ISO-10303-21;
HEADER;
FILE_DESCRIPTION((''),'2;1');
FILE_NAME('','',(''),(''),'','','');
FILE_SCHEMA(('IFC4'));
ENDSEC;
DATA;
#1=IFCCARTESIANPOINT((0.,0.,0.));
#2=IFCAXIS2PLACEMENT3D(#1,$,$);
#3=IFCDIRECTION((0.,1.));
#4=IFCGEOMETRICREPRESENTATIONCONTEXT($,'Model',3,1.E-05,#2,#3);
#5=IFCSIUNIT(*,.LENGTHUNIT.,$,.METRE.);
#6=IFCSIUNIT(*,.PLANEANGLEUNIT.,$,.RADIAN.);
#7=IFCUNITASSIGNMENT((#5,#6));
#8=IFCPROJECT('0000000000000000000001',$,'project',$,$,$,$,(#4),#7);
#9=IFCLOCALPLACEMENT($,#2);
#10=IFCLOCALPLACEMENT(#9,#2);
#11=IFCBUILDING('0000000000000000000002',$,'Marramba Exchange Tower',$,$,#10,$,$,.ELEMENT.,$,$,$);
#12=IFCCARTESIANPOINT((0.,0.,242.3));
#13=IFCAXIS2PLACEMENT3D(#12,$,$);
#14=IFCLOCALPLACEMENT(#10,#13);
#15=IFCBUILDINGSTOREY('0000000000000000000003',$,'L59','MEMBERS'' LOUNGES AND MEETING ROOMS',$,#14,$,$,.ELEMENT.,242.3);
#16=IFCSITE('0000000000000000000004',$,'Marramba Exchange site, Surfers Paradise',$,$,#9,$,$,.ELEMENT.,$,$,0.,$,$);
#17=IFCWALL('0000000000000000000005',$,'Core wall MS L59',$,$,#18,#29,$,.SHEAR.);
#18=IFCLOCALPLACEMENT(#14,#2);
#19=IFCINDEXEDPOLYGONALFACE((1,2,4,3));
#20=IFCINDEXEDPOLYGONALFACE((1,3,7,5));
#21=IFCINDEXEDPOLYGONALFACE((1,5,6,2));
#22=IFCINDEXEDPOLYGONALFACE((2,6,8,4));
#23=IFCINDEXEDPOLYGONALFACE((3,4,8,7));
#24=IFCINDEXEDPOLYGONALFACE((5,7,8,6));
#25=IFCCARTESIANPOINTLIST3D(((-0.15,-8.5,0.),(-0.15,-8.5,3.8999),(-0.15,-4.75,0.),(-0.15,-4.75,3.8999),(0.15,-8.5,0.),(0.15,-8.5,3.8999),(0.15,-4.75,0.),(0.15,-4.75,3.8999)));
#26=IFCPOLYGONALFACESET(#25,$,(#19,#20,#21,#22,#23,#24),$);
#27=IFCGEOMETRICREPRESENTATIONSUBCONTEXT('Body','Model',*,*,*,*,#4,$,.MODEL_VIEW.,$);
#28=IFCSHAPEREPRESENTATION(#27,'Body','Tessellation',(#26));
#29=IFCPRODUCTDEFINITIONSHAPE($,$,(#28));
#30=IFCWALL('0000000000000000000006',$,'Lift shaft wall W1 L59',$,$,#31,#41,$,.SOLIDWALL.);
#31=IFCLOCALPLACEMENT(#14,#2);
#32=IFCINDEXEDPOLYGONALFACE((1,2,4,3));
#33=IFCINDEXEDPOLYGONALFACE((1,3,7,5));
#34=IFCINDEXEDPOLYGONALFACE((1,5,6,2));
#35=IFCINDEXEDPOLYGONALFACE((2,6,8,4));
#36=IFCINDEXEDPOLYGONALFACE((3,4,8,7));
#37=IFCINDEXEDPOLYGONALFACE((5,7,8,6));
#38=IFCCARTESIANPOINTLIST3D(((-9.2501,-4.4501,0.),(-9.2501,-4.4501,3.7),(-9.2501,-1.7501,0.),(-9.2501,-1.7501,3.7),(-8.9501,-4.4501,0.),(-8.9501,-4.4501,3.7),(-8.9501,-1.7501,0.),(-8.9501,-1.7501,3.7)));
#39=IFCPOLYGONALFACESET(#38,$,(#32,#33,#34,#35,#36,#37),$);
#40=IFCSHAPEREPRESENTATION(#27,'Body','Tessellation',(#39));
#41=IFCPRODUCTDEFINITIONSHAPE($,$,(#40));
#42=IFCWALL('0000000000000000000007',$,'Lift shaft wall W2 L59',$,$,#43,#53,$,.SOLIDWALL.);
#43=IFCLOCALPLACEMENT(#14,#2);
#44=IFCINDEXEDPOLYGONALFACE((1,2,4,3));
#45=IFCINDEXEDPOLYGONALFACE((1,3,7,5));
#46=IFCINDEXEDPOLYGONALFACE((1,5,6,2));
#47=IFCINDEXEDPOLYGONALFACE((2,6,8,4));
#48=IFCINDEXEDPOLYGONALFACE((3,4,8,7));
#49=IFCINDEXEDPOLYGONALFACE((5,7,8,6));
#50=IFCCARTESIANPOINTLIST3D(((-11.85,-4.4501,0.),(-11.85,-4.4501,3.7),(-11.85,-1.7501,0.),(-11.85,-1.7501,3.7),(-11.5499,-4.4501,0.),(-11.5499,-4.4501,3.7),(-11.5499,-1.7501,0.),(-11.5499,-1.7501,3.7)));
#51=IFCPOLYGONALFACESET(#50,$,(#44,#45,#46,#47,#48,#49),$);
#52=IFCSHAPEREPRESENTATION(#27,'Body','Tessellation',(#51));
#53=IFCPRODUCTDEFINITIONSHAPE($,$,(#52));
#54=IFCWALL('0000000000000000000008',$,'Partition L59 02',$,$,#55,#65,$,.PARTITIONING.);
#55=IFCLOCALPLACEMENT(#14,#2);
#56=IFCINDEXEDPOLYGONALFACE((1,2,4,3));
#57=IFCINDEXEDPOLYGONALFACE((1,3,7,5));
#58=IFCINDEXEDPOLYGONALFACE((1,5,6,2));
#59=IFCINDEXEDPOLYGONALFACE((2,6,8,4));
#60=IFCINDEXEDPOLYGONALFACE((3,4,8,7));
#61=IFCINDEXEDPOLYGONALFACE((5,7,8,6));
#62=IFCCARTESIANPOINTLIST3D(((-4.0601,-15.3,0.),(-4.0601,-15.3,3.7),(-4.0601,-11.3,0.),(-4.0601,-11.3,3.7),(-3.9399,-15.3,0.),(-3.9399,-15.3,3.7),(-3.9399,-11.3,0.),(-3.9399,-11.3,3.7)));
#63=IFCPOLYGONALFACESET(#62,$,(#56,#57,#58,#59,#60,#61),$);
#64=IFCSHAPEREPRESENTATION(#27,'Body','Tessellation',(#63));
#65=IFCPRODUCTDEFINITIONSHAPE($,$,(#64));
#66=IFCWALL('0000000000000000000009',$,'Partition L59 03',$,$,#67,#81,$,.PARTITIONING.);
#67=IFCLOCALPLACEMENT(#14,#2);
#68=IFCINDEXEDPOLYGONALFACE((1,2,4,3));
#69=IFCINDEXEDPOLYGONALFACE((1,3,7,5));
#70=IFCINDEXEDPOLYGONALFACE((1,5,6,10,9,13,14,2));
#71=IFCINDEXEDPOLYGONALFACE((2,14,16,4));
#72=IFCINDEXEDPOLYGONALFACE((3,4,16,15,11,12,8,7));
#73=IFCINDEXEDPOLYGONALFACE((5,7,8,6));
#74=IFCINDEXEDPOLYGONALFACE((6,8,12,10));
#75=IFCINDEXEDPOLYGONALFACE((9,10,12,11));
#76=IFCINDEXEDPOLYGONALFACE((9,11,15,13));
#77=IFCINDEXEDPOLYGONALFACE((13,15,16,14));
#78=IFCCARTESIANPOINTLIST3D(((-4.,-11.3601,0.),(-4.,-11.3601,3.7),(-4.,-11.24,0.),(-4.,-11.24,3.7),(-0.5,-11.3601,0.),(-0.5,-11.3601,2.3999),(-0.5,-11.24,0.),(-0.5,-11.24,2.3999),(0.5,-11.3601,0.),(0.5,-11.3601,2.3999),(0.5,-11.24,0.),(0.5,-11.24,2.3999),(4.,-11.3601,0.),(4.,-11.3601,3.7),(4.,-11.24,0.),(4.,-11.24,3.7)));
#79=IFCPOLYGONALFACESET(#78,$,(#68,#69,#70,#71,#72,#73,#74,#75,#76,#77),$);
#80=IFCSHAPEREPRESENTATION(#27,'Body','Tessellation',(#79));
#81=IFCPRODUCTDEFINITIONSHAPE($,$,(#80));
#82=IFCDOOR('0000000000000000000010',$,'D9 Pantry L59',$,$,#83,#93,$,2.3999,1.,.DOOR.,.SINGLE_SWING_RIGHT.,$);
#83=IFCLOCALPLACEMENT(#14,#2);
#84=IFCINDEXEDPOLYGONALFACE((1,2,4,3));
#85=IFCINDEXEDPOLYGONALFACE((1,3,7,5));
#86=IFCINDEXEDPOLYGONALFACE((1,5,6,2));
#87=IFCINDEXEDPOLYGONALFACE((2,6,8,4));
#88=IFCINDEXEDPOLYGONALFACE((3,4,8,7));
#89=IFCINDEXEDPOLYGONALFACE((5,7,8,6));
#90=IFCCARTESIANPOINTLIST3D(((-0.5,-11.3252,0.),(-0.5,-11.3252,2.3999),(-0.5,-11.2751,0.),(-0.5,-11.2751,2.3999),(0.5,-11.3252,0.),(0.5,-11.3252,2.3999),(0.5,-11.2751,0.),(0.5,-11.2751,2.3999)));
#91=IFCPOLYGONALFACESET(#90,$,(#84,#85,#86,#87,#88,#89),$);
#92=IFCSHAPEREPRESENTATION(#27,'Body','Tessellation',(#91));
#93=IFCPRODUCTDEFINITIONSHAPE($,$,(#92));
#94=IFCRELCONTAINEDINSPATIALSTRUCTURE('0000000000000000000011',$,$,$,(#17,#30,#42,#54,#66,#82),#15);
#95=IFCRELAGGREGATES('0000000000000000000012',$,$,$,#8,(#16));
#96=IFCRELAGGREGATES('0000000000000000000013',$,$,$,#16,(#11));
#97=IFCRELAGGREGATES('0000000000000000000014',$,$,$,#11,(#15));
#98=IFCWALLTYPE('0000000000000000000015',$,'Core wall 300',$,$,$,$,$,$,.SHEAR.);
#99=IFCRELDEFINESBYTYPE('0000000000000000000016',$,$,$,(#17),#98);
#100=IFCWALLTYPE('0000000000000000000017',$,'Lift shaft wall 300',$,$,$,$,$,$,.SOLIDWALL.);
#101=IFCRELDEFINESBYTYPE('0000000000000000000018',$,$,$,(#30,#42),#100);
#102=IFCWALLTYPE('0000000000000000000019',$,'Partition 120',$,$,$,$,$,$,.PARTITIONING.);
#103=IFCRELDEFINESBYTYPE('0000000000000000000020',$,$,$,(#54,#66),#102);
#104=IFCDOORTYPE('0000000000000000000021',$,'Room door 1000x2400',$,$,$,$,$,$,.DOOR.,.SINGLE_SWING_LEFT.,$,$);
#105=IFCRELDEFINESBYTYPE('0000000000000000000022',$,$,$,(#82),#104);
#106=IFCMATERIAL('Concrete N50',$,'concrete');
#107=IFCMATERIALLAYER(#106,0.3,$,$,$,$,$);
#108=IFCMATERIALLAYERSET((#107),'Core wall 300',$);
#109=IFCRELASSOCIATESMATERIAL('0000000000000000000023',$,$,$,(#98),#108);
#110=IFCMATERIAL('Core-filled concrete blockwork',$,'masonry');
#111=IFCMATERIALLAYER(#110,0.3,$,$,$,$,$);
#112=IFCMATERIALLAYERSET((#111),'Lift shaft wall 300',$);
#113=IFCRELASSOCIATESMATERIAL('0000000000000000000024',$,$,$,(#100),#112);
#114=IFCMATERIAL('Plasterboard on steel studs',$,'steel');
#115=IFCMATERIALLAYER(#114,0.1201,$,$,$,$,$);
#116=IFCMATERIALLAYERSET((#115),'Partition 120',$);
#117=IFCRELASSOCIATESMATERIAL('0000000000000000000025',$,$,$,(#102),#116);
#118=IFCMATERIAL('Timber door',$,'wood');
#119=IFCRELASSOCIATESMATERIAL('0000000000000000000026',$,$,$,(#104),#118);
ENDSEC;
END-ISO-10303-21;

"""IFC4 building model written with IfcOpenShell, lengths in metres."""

from ifc_helpers import new_model, si_unit, direction, frame, frame_2d, origin, place, context, subcontext, project, spatial, rectangle, extrude, material, layer, layer_set, type_object, element, fill, save


model = new_model("IFC4")

# Units and contexts
model_context = context("Model", 3, precision=1e-05, world=origin(), true_north=direction((0.0, 1.0)))
body_context = subcontext(model_context, "Body", "Model", "MODEL_VIEW")
ifc_project = project(units=[si_unit("LENGTHUNIT", "METRE"), si_unit("PLANEANGLEUNIT", "RADIAN")], contexts=[model_context])

# Site, building, storey
site_placement = place(None, origin())
site = spatial("IfcSite", under=ifc_project, at=site_placement, Name="Marramba Exchange site, Surfers Paradise", CompositionType="ELEMENT", RefElevation=0.0)
building_placement = place(site_placement, origin())
building = spatial("IfcBuilding", under=site, at=building_placement, Name="Marramba Exchange Tower", CompositionType="ELEMENT")
storey_placement = place(building_placement, frame((0.0, 0.0, 242.3)))
storey = spatial("IfcBuildingStorey", under=building, at=storey_placement, Name="L59", Description="MEMBERS' LOUNGES AND MEETING ROOMS", CompositionType="ELEMENT", Elevation=242.3)

# Walls
ifc_material_1 = material(Name="Concrete N50", Category="concrete")
ifc_layer_1 = layer(ifc_material_1, 0.3)
ifc_layer_set_1 = layer_set([ifc_layer_1], Name="Core wall 300")
wall_type_1 = type_object("IfcWallType", Name="Core wall 300", PredefinedType="SHEAR", material=ifc_layer_set_1)
for number, where, z_axis, x_axis, name in (
    (1, (0.0, -4.75, 0.0), (0.0, 0.0, 1.0), (0.0, -1.0, 0.0), "Core wall MS L59"),
):
    element("IfcWall", number, at=place(storey_placement, frame(where, z_axis=z_axis, x_axis=x_axis)), inside=storey, type_object=wall_type_1, Name=name, PredefinedType="SHEAR", context=body_context, shape_type="SweptSolid", body=[
        extrude(rectangle(XDim=3.75, YDim=0.3, at=frame_2d((1.875, 0.0))), origin(), (0.0, 0.0, 1.0), 3.8999),
    ])
ifc_material_2 = material(Name="Core-filled concrete blockwork", Category="masonry")
ifc_layer_2 = layer(ifc_material_2, 0.3)
ifc_layer_set_2 = layer_set([ifc_layer_2], Name="Lift shaft wall 300")
wall_type_2 = type_object("IfcWallType", Name="Lift shaft wall 300", PredefinedType="SOLIDWALL", material=ifc_layer_set_2)
for number, where, z_axis, x_axis, name in (
    (2, (-9.1001, -1.75, 0.0), (0.0, 0.0, 1.0), (0.0, -1.0, 0.0), "Lift shaft wall W1 L59"),
    (3, (-11.7, -1.75, 0.0), (0.0, 0.0, 1.0), (0.0, -1.0, 0.0), "Lift shaft wall W2 L59"),
):
    element("IfcWall", number, at=place(storey_placement, frame(where, z_axis=z_axis, x_axis=x_axis)), inside=storey, type_object=wall_type_2, Name=name, PredefinedType="SOLIDWALL", context=body_context, shape_type="SweptSolid", body=[
        extrude(rectangle(XDim=2.7, YDim=0.3, at=frame_2d((1.3501, 0.0))), origin(), (0.0, 0.0, 1.0), 3.7),
    ])
ifc_material_3 = material(Name="Plasterboard on steel studs", Category="steel")
ifc_layer_3 = layer(ifc_material_3, 0.1201)
ifc_layer_set_3 = layer_set([ifc_layer_3], Name="Partition 120")
wall_type_3 = type_object("IfcWallType", Name="Partition 120", PredefinedType="PARTITIONING", material=ifc_layer_set_3)
wall_1_placement = place(storey_placement, frame((-4.0, -15.3, 0.0), z_axis=(0.0, 0.0, 1.0), x_axis=(0.0, 1.0, 0.0)))
element("IfcWall", 4, at=wall_1_placement, inside=storey, type_object=wall_type_3, Name="Partition L59 02", PredefinedType="PARTITIONING", context=body_context, shape_type="SweptSolid", body=[
    extrude(rectangle(XDim=4.0, YDim=0.1201, at=frame_2d((2.0, 0.0))), origin(), (0.0, 0.0, 1.0), 3.7),
])

# Wall, opening, door
wall_2_placement = place(storey_placement, frame((-4.0, -11.3, 0.0), z_axis=(0.0, 0.0, 1.0), x_axis=(1.0, 0.0, 0.0)))
wall_2 = element("IfcWall", 5, at=wall_2_placement, inside=storey, type_object=wall_type_3, Name="Partition L59 03", PredefinedType="PARTITIONING", context=body_context, shape_type="SweptSolid", body=[
    extrude(rectangle(XDim=8.0, YDim=0.1201, at=frame_2d((4.0, 0.0))), origin(), (0.0, 0.0, 1.0), 3.7),
])
opening_1_placement = place(wall_2_placement, frame((3.5, 0.0, 0.0)))
opening_1 = element("IfcOpeningElement", 6, at=opening_1_placement, cuts=wall_2, PredefinedType="OPENING", context=body_context, shape_type="SweptSolid", body=[
    extrude(rectangle(XDim=1.0, YDim=2.3999, at=frame_2d((0.5, 1.2))), frame((0.0, 0.0701, 0.0), z_axis=(0.0, -1.0, 0.0), x_axis=(1.0, 0.0, 0.0)), (0.0, 0.0, 1.0), 0.1401),
])
ifc_material_4 = material(Name="Timber door", Category="wood")
door_type = type_object("IfcDoorType", Name="Room door 1000x2400", OperationType="SINGLE_SWING_LEFT", PredefinedType="DOOR", material=ifc_material_4)
door_1_placement = place(opening_1_placement, frame((1.0, 0.0, 0.0), z_axis=(0.0, 0.0, 1.0), x_axis=(-1.0, 0.0, 0.0)))
door_1 = element("IfcDoor", 7, at=door_1_placement, inside=storey, type_object=door_type, Name="D9 Pantry L59", OperationType="SINGLE_SWING_RIGHT", OverallHeight=2.3999, OverallWidth=1.0, PredefinedType="DOOR", context=body_context, shape_type="SweptSolid", body=[
    extrude(rectangle(XDim=1.0, YDim=2.3999, at=frame_2d((0.5, 1.2))), frame((0.0, 0.0251, 0.0), z_axis=(0.0, -1.0, 0.0), x_axis=(1.0, 0.0, 0.0)), (0.0, 0.0, 1.0), 0.05),
])
fill(opening_1, door_1)

save(model, "model.ifc")
